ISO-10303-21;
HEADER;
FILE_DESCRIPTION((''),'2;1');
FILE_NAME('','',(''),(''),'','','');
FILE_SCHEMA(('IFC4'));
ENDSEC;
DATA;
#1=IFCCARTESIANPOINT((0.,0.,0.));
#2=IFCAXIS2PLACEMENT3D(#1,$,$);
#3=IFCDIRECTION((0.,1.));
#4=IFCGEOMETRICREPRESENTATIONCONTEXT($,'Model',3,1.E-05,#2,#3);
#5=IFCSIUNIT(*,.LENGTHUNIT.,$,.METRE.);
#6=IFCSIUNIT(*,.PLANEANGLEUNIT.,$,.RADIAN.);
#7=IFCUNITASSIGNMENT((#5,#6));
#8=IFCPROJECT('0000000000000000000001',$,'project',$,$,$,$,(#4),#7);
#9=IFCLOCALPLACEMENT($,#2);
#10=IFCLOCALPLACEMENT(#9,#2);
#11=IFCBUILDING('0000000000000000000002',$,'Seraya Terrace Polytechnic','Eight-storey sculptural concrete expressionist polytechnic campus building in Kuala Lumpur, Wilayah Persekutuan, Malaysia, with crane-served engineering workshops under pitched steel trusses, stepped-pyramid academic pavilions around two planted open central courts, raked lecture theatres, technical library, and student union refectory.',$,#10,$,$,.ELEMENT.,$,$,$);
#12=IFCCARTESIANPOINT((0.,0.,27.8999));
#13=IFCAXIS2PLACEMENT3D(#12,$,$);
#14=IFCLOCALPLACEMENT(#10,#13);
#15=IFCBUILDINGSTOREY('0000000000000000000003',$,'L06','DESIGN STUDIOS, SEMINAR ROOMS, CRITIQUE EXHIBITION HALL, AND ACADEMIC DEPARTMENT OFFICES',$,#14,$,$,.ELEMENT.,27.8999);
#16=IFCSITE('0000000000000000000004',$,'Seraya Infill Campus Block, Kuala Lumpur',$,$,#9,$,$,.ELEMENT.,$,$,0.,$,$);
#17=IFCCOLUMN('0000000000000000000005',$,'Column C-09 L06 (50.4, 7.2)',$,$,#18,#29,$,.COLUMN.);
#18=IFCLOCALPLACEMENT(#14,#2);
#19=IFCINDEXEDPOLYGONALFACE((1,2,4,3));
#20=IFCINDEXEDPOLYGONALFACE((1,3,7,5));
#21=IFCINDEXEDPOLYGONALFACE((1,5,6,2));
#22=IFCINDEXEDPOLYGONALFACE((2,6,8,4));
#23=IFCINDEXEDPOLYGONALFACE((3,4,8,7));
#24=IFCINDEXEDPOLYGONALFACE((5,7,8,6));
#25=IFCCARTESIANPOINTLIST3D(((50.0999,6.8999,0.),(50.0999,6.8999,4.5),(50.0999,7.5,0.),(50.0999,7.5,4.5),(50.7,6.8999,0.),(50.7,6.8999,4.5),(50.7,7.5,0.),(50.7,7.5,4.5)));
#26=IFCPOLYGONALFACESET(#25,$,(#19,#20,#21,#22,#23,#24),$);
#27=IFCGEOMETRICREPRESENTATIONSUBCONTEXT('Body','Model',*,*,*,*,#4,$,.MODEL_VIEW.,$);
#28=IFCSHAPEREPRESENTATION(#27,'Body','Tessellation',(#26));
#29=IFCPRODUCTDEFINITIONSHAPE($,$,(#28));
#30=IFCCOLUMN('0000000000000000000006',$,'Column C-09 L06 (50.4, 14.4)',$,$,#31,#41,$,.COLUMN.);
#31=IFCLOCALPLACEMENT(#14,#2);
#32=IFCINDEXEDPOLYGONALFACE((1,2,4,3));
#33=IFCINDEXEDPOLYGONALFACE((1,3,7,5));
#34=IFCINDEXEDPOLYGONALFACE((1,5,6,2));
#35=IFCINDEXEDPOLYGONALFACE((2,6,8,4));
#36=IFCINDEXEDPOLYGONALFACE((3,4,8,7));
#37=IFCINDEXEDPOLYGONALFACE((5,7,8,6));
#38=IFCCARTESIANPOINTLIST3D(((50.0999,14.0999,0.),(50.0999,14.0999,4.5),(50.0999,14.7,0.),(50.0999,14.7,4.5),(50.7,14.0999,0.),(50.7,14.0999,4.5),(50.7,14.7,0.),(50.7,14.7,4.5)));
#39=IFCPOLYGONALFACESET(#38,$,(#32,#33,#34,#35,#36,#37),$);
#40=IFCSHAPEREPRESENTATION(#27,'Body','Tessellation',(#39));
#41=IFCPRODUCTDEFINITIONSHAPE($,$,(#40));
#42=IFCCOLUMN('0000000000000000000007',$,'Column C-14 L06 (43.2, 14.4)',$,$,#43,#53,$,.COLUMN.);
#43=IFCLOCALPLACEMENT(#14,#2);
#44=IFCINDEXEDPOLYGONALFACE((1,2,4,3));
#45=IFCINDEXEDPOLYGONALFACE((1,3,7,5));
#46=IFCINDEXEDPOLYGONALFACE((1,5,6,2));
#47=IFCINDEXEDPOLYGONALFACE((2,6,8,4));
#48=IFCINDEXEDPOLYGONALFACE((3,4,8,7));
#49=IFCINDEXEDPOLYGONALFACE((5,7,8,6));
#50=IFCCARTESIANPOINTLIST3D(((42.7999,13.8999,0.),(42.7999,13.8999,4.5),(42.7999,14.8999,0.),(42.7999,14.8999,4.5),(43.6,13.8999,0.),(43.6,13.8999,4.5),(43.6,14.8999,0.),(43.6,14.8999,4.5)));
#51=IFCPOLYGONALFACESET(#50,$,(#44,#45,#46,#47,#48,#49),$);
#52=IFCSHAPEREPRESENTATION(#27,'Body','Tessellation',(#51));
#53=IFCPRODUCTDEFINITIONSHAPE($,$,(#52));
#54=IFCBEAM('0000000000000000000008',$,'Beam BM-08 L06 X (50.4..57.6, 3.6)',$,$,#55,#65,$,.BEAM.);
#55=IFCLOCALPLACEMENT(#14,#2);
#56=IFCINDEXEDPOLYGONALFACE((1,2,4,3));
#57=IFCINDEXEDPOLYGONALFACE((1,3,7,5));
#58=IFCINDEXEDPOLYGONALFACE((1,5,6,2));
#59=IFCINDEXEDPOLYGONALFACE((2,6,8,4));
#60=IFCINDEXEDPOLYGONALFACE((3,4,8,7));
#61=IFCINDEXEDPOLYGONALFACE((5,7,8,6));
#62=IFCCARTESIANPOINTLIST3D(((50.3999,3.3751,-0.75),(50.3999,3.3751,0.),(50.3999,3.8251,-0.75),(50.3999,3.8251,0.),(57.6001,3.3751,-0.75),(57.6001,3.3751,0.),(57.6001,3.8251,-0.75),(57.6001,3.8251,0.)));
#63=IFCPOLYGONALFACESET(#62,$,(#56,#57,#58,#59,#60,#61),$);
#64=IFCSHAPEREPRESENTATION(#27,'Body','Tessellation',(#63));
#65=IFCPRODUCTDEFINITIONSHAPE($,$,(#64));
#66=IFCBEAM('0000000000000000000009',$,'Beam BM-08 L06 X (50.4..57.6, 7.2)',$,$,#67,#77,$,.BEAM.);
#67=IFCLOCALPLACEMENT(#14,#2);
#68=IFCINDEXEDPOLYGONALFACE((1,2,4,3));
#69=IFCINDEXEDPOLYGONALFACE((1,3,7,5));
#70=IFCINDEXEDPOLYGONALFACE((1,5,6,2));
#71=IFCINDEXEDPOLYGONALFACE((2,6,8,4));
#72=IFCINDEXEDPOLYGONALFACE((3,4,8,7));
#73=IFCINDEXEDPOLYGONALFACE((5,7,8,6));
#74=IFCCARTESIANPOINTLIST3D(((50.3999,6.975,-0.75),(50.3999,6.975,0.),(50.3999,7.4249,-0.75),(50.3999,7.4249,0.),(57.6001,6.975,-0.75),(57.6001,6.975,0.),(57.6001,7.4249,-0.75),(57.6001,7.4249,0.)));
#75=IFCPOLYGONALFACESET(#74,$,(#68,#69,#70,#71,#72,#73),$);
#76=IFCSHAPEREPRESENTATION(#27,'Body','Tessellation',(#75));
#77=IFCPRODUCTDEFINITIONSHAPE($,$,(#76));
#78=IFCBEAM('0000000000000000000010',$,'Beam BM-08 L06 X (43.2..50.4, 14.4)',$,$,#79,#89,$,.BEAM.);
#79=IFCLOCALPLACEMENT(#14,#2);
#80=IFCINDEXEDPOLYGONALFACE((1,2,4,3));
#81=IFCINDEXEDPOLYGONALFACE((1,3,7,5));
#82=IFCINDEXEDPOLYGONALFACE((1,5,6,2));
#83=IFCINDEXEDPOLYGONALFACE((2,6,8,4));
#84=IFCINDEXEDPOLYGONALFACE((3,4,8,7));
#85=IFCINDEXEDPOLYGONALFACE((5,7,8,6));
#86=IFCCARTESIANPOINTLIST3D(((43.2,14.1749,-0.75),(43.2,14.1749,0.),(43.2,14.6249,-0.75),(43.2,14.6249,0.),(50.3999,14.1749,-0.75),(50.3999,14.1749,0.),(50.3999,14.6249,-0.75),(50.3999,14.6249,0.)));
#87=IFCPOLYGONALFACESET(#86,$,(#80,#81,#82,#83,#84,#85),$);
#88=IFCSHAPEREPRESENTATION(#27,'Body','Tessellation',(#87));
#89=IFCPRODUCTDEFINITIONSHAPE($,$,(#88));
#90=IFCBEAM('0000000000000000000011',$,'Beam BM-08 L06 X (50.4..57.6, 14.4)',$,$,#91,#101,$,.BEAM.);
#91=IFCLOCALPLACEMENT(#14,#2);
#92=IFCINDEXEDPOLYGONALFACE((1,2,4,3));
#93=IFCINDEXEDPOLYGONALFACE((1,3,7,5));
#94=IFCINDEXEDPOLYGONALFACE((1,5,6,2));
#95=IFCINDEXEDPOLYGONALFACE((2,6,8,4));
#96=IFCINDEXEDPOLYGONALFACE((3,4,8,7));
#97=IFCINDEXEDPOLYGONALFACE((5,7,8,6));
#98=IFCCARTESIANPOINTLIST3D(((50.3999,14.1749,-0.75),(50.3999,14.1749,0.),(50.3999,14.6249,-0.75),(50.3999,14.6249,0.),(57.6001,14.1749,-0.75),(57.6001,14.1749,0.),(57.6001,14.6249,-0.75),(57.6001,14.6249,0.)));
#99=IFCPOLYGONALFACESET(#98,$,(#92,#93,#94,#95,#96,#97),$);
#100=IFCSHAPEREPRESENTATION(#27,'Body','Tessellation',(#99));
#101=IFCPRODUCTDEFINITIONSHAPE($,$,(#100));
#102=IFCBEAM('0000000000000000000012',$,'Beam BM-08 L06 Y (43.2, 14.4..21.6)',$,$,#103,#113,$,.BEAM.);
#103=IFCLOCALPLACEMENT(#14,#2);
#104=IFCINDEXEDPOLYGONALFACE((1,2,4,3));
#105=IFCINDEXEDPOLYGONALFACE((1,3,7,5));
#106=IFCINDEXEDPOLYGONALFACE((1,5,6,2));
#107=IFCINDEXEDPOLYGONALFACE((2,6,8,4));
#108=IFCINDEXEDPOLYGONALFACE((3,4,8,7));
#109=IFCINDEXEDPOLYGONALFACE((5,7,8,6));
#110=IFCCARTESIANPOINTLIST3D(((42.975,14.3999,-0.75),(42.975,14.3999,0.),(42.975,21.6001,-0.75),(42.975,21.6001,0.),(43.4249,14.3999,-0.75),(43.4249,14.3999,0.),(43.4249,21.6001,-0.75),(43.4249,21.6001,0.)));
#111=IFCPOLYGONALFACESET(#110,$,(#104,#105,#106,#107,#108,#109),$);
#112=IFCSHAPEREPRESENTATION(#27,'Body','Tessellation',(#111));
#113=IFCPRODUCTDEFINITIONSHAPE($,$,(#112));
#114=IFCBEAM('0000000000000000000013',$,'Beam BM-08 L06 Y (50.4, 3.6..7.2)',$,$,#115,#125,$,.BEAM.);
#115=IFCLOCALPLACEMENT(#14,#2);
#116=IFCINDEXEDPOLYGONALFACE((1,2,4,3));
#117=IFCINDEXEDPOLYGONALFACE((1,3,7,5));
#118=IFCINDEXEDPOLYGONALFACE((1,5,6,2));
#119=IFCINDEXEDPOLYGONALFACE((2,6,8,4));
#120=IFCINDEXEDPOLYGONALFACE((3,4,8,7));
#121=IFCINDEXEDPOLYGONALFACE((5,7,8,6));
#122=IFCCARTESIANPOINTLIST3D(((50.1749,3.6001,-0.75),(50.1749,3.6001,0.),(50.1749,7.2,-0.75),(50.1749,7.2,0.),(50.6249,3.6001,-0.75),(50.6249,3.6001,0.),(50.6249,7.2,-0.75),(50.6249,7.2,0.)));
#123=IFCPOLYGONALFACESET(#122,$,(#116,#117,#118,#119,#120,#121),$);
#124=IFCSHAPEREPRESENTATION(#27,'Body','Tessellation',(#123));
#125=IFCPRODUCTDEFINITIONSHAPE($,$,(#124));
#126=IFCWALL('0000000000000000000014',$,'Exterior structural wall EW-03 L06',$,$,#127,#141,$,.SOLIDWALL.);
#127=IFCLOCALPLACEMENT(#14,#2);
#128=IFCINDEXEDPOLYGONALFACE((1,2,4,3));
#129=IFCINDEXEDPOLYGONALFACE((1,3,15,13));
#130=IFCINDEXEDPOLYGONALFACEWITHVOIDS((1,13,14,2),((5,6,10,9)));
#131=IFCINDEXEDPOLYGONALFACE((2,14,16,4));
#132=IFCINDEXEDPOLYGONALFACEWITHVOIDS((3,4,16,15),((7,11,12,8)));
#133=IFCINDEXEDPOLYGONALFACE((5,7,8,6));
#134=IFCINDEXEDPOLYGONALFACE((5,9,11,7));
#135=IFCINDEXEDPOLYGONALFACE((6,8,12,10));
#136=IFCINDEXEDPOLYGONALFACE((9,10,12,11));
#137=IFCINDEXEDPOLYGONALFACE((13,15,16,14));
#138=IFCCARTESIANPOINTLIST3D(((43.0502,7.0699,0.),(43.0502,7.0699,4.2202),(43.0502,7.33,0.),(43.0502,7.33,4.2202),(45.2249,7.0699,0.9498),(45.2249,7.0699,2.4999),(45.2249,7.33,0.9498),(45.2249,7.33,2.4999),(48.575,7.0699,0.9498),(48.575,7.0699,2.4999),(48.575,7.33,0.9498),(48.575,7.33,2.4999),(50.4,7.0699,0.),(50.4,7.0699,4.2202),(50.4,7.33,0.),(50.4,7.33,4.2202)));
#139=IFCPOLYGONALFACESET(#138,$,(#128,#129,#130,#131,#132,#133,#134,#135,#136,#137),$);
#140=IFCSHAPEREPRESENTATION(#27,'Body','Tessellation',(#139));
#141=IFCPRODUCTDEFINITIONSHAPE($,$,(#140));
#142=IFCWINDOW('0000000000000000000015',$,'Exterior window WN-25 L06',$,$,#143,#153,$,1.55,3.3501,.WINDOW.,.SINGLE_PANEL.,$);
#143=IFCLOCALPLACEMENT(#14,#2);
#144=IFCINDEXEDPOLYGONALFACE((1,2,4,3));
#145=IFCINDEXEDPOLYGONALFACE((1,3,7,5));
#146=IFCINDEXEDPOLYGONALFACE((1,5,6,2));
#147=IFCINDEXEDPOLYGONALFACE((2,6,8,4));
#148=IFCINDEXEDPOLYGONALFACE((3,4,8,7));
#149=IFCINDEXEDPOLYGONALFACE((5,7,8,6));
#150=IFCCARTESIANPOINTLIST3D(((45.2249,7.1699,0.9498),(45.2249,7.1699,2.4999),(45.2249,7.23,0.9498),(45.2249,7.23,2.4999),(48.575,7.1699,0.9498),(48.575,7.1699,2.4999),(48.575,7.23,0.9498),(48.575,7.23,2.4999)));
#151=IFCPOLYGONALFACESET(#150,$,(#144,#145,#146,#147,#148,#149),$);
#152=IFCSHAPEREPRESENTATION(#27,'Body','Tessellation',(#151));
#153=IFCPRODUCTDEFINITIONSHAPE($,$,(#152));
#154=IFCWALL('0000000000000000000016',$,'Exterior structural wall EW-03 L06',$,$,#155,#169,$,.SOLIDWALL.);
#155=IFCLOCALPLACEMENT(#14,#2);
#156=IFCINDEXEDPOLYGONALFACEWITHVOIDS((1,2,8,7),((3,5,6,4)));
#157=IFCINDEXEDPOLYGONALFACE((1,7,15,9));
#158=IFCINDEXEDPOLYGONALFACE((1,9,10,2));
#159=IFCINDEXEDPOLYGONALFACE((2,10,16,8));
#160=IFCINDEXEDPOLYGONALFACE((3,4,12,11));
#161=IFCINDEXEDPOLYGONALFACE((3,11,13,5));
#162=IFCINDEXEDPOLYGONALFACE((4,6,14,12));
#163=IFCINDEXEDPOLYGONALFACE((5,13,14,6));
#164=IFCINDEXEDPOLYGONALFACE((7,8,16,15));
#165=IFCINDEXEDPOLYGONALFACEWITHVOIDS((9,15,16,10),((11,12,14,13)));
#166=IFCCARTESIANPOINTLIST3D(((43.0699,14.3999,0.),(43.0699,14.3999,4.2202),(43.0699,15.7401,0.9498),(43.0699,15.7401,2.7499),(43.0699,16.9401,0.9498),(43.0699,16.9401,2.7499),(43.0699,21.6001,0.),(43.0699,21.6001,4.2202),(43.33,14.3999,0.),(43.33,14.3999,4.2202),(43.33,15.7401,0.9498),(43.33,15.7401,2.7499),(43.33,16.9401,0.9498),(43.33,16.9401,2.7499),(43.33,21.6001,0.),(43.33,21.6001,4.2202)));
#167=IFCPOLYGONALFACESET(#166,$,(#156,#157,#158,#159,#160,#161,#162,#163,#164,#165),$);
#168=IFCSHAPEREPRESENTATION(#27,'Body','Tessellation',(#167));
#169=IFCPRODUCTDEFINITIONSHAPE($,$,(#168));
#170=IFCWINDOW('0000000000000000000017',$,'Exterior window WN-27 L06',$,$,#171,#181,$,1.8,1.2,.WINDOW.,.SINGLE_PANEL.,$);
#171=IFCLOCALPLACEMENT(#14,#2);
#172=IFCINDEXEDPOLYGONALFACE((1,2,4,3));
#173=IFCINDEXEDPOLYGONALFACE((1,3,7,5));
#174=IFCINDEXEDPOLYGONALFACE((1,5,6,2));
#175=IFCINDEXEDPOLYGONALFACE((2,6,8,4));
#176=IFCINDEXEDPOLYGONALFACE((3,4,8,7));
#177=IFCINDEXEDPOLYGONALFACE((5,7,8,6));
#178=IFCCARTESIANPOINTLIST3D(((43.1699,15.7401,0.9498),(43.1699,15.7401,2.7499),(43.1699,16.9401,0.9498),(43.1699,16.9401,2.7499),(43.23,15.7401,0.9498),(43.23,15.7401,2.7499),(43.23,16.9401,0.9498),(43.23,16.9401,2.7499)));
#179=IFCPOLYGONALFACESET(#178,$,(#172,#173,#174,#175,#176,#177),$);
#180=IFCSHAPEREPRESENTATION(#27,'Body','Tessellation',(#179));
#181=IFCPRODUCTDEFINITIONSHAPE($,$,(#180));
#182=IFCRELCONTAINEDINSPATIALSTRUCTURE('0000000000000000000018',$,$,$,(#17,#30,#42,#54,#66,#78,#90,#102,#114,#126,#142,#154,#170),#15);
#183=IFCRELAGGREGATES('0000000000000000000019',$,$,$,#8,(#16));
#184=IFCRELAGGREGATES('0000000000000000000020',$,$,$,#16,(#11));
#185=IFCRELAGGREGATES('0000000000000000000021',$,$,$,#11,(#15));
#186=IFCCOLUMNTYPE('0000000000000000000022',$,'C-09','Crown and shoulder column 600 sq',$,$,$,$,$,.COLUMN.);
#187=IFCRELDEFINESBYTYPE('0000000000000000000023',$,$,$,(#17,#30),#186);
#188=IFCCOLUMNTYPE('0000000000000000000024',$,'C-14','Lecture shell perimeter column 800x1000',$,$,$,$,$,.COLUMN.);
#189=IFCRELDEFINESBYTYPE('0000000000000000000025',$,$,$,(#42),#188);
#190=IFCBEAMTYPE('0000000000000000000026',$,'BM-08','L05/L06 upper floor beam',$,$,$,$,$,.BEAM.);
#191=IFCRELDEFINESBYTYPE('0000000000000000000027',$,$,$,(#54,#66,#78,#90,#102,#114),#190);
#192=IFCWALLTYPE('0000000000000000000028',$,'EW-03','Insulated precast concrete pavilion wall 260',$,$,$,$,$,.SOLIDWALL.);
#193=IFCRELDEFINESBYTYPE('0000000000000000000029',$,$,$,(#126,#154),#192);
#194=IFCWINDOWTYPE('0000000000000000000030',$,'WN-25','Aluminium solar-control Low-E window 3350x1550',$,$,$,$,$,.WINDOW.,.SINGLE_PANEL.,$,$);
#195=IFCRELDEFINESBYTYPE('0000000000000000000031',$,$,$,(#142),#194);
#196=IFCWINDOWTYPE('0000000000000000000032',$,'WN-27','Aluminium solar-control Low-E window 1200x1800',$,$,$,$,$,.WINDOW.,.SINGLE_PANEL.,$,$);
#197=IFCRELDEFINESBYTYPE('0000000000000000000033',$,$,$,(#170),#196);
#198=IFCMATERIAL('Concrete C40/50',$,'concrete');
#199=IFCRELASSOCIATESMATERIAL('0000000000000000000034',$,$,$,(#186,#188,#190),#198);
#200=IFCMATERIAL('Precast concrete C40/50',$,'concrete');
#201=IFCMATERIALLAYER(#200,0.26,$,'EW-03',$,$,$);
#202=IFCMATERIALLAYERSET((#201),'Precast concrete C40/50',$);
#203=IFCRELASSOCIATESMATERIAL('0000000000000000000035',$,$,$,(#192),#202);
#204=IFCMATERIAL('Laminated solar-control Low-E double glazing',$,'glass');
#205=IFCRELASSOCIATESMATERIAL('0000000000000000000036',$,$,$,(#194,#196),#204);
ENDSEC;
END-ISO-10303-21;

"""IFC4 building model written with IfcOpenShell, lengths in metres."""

from ifc_helpers import new_model, si_unit, direction, frame, frame_2d, origin, origin_2d, place, context, subcontext, project, spatial, rectangle, extrude, material, layer, layer_set, material_profile, profile_set, type_object, element, fill, save


model = new_model("IFC4")

# Units and contexts
model_context = context("Model", 3, precision=1e-05, world=origin(), true_north=direction((0.0, 1.0)))
body_context = subcontext(model_context, "Body", "Model", "MODEL_VIEW")
ifc_project = project(units=[si_unit("LENGTHUNIT", "METRE"), si_unit("PLANEANGLEUNIT", "RADIAN")], contexts=[model_context])

# Site, building, storey
site_placement = place(None, origin())
site = spatial("IfcSite", under=ifc_project, at=site_placement, Name="Seraya Infill Campus Block, Kuala Lumpur", CompositionType="ELEMENT", RefElevation=0.0)
building_placement = place(site_placement, origin())
building = spatial("IfcBuilding", under=site, at=building_placement, Name="Seraya Terrace Polytechnic", Description="Eight-storey sculptural concrete expressionist polytechnic campus building in Kuala Lumpur, Wilayah Persekutuan, Malaysia, with crane-served engineering workshops under pitched steel trusses, stepped-pyramid academic pavilions around two planted open central courts, raked lecture theatres, technical library, and student union refectory.", CompositionType="ELEMENT")
storey_placement = place(building_placement, frame((0.0, 0.0, 27.8999)))
storey = spatial("IfcBuildingStorey", under=building, at=storey_placement, Name="L06", Description="DESIGN STUDIOS, SEMINAR ROOMS, CRITIQUE EXHIBITION HALL, AND ACADEMIC DEPARTMENT OFFICES", CompositionType="ELEMENT", Elevation=27.8999)

# Columns
ifc_material_1 = material(Name="Concrete C40/50", Category="concrete")
ifc_material_profile_1 = material_profile(ifc_material_1, rectangle(XDim=0.6001, YDim=0.6001, at=origin_2d()), Name="RC 600x600")
ifc_profile_set_1 = profile_set([ifc_material_profile_1], Name="Concrete C40/50")
column_type_1 = type_object("IfcColumnType", Name="C-09", Description="Crown and shoulder column 600 sq", PredefinedType="COLUMN", material=ifc_profile_set_1)
for number, where, z_axis, x_axis, name in (
    (1, (50.3999, 7.2, 0.0), (0.0, 0.0, 1.0), (1.0, 0.0, 0.0), "Column C-09 L06 (50.4, 7.2)"),
    (2, (50.3999, 14.3999, 0.0), (0.0, 0.0, 1.0), (1.0, 0.0, 0.0), "Column C-09 L06 (50.4, 14.4)"),
):
    element("IfcColumn", number, at=place(storey_placement, frame(where, z_axis=z_axis, x_axis=x_axis)), inside=storey, type_object=column_type_1, Name=name, PredefinedType="COLUMN", context=body_context, shape_type="SweptSolid", body=[
        extrude(rectangle(XDim=0.6001, YDim=0.6001, at=origin_2d()), origin(), (0.0, 0.0, 1.0), 4.5),
    ])
ifc_material_profile_2 = material_profile(ifc_material_1, rectangle(XDim=0.8, YDim=1.0, at=origin_2d()), Name="RC 800x1000")
ifc_profile_set_2 = profile_set([ifc_material_profile_2], Name="Concrete C40/50")
column_type_2 = type_object("IfcColumnType", Name="C-14", Description="Lecture shell perimeter column 800x1000", PredefinedType="COLUMN", material=ifc_profile_set_2)
column_placement = place(storey_placement, frame((43.2, 14.3999, 0.0), z_axis=(0.0, 0.0, 1.0), x_axis=(1.0, 0.0, 0.0)))
element("IfcColumn", 3, at=column_placement, inside=storey, type_object=column_type_2, Name="Column C-14 L06 (43.2, 14.4)", PredefinedType="COLUMN", context=body_context, shape_type="SweptSolid", body=[
    extrude(rectangle(XDim=0.8, YDim=1.0, at=origin_2d()), origin(), (0.0, 0.0, 1.0), 4.5),
])

# Beams
ifc_material_profile_3 = material_profile(ifc_material_1, rectangle(XDim=0.45, YDim=0.75, at=origin_2d()), Name="RC 450x750")
ifc_profile_set_3 = profile_set([ifc_material_profile_3], Name="Concrete C40/50")
beam_type = type_object("IfcBeamType", Name="BM-08", Description="L05/L06 upper floor beam", PredefinedType="BEAM", material=ifc_profile_set_3)
for number, where, z_axis, x_axis, name in (
    (4, (50.3999, 3.6001, -0.375), (1.0, 0.0, 0.0), (0.0, 1.0, 0.0), "Beam BM-08 L06 X (50.4..57.6, 3.6)"),
    (5, (50.3999, 7.2, -0.375), (1.0, 0.0, 0.0), (0.0, 1.0, 0.0), "Beam BM-08 L06 X (50.4..57.6, 7.2)"),
):
    element("IfcBeam", number, at=place(storey_placement, frame(where, z_axis=z_axis, x_axis=x_axis)), inside=storey, type_object=beam_type, Name=name, PredefinedType="BEAM", context=body_context, shape_type="SweptSolid", body=[
        extrude(rectangle(XDim=0.45, YDim=0.75, at=origin_2d()), origin(), (0.0, 0.0, 1.0), 7.2002),
    ])
beam_1_placement = place(storey_placement, frame((43.2, 14.3999, -0.375), z_axis=(1.0, 0.0, 0.0), x_axis=(0.0, 1.0, 0.0)))
element("IfcBeam", 6, at=beam_1_placement, inside=storey, type_object=beam_type, Name="Beam BM-08 L06 X (43.2..50.4, 14.4)", PredefinedType="BEAM", context=body_context, shape_type="SweptSolid", body=[
    extrude(rectangle(XDim=0.45, YDim=0.75, at=origin_2d()), origin(), (0.0, 0.0, 1.0), 7.2),
])
for number, where, z_axis, x_axis, name in (
    (7, (50.3999, 14.3999, -0.375), (1.0, 0.0, 0.0), (0.0, 1.0, 0.0), "Beam BM-08 L06 X (50.4..57.6, 14.4)"),
    (8, (43.2, 14.3999, -0.375), (0.0, 1.0, 0.0), (-1.0, 0.0, 0.0), "Beam BM-08 L06 Y (43.2, 14.4..21.6)"),
):
    element("IfcBeam", number, at=place(storey_placement, frame(where, z_axis=z_axis, x_axis=x_axis)), inside=storey, type_object=beam_type, Name=name, PredefinedType="BEAM", context=body_context, shape_type="SweptSolid", body=[
        extrude(rectangle(XDim=0.45, YDim=0.75, at=origin_2d()), origin(), (0.0, 0.0, 1.0), 7.2002),
    ])
beam_2_placement = place(storey_placement, frame((50.3999, 3.6001, -0.375), z_axis=(0.0, 1.0, 0.0), x_axis=(-1.0, 0.0, 0.0)))
element("IfcBeam", 9, at=beam_2_placement, inside=storey, type_object=beam_type, Name="Beam BM-08 L06 Y (50.4, 3.6..7.2)", PredefinedType="BEAM", context=body_context, shape_type="SweptSolid", body=[
    extrude(rectangle(XDim=0.45, YDim=0.75, at=origin_2d()), origin(), (0.0, 0.0, 1.0), 3.5999),
])

# Walls, openings, windows
ifc_material_2 = material(Name="Precast concrete C40/50", Category="concrete")
ifc_layer_1 = layer(ifc_material_2, 0.26, Name="EW-03")
ifc_layer_set_1 = layer_set([ifc_layer_1], Name="Precast concrete C40/50")
wall_type_1 = type_object("IfcWallType", Name="EW-03", Description="Insulated precast concrete pavilion wall 260", PredefinedType="SOLIDWALL", material=ifc_layer_set_1)
wall_1_placement = place(storey_placement, frame((50.3999, 7.2, 0.0), z_axis=(0.0, 0.0, 1.0), x_axis=(-1.0, 0.0, 0.0)))
wall_1 = element("IfcWall", 10, at=wall_1_placement, inside=storey, type_object=wall_type_1, Name="Exterior structural wall EW-03 L06", PredefinedType="SOLIDWALL", context=body_context, shape_type="SweptSolid", body=[
    extrude(rectangle(XDim=7.3499, YDim=0.26, at=frame_2d((3.6748, 0.0))), origin(), (0.0, 0.0, 1.0), 4.2202),
])
opening_1_placement = place(wall_1_placement, frame((1.825, 0.0, 0.95)))
opening_1 = element("IfcOpeningElement", 11, at=opening_1_placement, cuts=wall_1, PredefinedType="OPENING", context=body_context, shape_type="SweptSolid", body=[
    extrude(rectangle(XDim=3.3501, YDim=1.55, at=frame_2d((1.675, 0.7749))), frame((0.0, 0.1421, 0.0), z_axis=(0.0, -1.0, 0.0), x_axis=(1.0, 0.0, 0.0)), (0.0, 0.0, 1.0), 0.2839),
])
ifc_material_3 = material(Name="Laminated solar-control Low-E double glazing", Category="glass")
window_type_1 = type_object("IfcWindowType", Name="WN-25", Description="Aluminium solar-control Low-E window 3350x1550", PartitioningType="SINGLE_PANEL", PredefinedType="WINDOW", material=ifc_material_3)
window_1_placement = place(opening_1_placement, origin())
window_1 = element("IfcWindow", 12, at=window_1_placement, inside=storey, type_object=window_type_1, Name="Exterior window WN-25 L06", OverallHeight=1.55, OverallWidth=3.3501, PartitioningType="SINGLE_PANEL", PredefinedType="WINDOW", context=body_context, shape_type="SweptSolid", body=[
    extrude(rectangle(XDim=3.3501, YDim=1.55, at=frame_2d((1.675, 0.7749))), frame((0.0, 0.03, 0.0), z_axis=(0.0, -1.0, 0.0), x_axis=(1.0, 0.0, 0.0)), (0.0, 0.0, 1.0), 0.0601),
])
fill(opening_1, window_1)
wall_2_placement = place(storey_placement, frame((43.2, 14.3999, 0.0), z_axis=(0.0, 0.0, 1.0), x_axis=(0.0, 1.0, 0.0)))
wall_2 = element("IfcWall", 13, at=wall_2_placement, inside=storey, type_object=wall_type_1, Name="Exterior structural wall EW-03 L06", PredefinedType="SOLIDWALL", context=body_context, shape_type="SweptSolid", body=[
    extrude(rectangle(XDim=7.2002, YDim=0.26, at=frame_2d((3.6001, 0.0))), origin(), (0.0, 0.0, 1.0), 4.2202),
])
opening_2_placement = place(wall_2_placement, frame((1.3401, 0.0, 0.95)))
opening_2 = element("IfcOpeningElement", 14, at=opening_2_placement, cuts=wall_2, PredefinedType="OPENING", context=body_context, shape_type="SweptSolid", body=[
    extrude(rectangle(XDim=1.2, YDim=1.8, at=frame_2d((0.6001, 0.8999))), frame((0.0, 0.1421, 0.0), z_axis=(0.0, -1.0, 0.0), x_axis=(1.0, 0.0, 0.0)), (0.0, 0.0, 1.0), 0.2839),
])
window_type_2 = type_object("IfcWindowType", Name="WN-27", Description="Aluminium solar-control Low-E window 1200x1800", PartitioningType="SINGLE_PANEL", PredefinedType="WINDOW", material=ifc_material_3)
window_2_placement = place(opening_2_placement, origin())
window_2 = element("IfcWindow", 15, at=window_2_placement, inside=storey, type_object=window_type_2, Name="Exterior window WN-27 L06", OverallHeight=1.8, OverallWidth=1.2, PartitioningType="SINGLE_PANEL", PredefinedType="WINDOW", context=body_context, shape_type="SweptSolid", body=[
    extrude(rectangle(XDim=1.2, YDim=1.8, at=frame_2d((0.6001, 0.8999))), frame((0.0, 0.03, 0.0), z_axis=(0.0, -1.0, 0.0), x_axis=(1.0, 0.0, 0.0)), (0.0, 0.0, 1.0), 0.0601),
])
fill(opening_2, window_2)

save(model, "model.ifc")
